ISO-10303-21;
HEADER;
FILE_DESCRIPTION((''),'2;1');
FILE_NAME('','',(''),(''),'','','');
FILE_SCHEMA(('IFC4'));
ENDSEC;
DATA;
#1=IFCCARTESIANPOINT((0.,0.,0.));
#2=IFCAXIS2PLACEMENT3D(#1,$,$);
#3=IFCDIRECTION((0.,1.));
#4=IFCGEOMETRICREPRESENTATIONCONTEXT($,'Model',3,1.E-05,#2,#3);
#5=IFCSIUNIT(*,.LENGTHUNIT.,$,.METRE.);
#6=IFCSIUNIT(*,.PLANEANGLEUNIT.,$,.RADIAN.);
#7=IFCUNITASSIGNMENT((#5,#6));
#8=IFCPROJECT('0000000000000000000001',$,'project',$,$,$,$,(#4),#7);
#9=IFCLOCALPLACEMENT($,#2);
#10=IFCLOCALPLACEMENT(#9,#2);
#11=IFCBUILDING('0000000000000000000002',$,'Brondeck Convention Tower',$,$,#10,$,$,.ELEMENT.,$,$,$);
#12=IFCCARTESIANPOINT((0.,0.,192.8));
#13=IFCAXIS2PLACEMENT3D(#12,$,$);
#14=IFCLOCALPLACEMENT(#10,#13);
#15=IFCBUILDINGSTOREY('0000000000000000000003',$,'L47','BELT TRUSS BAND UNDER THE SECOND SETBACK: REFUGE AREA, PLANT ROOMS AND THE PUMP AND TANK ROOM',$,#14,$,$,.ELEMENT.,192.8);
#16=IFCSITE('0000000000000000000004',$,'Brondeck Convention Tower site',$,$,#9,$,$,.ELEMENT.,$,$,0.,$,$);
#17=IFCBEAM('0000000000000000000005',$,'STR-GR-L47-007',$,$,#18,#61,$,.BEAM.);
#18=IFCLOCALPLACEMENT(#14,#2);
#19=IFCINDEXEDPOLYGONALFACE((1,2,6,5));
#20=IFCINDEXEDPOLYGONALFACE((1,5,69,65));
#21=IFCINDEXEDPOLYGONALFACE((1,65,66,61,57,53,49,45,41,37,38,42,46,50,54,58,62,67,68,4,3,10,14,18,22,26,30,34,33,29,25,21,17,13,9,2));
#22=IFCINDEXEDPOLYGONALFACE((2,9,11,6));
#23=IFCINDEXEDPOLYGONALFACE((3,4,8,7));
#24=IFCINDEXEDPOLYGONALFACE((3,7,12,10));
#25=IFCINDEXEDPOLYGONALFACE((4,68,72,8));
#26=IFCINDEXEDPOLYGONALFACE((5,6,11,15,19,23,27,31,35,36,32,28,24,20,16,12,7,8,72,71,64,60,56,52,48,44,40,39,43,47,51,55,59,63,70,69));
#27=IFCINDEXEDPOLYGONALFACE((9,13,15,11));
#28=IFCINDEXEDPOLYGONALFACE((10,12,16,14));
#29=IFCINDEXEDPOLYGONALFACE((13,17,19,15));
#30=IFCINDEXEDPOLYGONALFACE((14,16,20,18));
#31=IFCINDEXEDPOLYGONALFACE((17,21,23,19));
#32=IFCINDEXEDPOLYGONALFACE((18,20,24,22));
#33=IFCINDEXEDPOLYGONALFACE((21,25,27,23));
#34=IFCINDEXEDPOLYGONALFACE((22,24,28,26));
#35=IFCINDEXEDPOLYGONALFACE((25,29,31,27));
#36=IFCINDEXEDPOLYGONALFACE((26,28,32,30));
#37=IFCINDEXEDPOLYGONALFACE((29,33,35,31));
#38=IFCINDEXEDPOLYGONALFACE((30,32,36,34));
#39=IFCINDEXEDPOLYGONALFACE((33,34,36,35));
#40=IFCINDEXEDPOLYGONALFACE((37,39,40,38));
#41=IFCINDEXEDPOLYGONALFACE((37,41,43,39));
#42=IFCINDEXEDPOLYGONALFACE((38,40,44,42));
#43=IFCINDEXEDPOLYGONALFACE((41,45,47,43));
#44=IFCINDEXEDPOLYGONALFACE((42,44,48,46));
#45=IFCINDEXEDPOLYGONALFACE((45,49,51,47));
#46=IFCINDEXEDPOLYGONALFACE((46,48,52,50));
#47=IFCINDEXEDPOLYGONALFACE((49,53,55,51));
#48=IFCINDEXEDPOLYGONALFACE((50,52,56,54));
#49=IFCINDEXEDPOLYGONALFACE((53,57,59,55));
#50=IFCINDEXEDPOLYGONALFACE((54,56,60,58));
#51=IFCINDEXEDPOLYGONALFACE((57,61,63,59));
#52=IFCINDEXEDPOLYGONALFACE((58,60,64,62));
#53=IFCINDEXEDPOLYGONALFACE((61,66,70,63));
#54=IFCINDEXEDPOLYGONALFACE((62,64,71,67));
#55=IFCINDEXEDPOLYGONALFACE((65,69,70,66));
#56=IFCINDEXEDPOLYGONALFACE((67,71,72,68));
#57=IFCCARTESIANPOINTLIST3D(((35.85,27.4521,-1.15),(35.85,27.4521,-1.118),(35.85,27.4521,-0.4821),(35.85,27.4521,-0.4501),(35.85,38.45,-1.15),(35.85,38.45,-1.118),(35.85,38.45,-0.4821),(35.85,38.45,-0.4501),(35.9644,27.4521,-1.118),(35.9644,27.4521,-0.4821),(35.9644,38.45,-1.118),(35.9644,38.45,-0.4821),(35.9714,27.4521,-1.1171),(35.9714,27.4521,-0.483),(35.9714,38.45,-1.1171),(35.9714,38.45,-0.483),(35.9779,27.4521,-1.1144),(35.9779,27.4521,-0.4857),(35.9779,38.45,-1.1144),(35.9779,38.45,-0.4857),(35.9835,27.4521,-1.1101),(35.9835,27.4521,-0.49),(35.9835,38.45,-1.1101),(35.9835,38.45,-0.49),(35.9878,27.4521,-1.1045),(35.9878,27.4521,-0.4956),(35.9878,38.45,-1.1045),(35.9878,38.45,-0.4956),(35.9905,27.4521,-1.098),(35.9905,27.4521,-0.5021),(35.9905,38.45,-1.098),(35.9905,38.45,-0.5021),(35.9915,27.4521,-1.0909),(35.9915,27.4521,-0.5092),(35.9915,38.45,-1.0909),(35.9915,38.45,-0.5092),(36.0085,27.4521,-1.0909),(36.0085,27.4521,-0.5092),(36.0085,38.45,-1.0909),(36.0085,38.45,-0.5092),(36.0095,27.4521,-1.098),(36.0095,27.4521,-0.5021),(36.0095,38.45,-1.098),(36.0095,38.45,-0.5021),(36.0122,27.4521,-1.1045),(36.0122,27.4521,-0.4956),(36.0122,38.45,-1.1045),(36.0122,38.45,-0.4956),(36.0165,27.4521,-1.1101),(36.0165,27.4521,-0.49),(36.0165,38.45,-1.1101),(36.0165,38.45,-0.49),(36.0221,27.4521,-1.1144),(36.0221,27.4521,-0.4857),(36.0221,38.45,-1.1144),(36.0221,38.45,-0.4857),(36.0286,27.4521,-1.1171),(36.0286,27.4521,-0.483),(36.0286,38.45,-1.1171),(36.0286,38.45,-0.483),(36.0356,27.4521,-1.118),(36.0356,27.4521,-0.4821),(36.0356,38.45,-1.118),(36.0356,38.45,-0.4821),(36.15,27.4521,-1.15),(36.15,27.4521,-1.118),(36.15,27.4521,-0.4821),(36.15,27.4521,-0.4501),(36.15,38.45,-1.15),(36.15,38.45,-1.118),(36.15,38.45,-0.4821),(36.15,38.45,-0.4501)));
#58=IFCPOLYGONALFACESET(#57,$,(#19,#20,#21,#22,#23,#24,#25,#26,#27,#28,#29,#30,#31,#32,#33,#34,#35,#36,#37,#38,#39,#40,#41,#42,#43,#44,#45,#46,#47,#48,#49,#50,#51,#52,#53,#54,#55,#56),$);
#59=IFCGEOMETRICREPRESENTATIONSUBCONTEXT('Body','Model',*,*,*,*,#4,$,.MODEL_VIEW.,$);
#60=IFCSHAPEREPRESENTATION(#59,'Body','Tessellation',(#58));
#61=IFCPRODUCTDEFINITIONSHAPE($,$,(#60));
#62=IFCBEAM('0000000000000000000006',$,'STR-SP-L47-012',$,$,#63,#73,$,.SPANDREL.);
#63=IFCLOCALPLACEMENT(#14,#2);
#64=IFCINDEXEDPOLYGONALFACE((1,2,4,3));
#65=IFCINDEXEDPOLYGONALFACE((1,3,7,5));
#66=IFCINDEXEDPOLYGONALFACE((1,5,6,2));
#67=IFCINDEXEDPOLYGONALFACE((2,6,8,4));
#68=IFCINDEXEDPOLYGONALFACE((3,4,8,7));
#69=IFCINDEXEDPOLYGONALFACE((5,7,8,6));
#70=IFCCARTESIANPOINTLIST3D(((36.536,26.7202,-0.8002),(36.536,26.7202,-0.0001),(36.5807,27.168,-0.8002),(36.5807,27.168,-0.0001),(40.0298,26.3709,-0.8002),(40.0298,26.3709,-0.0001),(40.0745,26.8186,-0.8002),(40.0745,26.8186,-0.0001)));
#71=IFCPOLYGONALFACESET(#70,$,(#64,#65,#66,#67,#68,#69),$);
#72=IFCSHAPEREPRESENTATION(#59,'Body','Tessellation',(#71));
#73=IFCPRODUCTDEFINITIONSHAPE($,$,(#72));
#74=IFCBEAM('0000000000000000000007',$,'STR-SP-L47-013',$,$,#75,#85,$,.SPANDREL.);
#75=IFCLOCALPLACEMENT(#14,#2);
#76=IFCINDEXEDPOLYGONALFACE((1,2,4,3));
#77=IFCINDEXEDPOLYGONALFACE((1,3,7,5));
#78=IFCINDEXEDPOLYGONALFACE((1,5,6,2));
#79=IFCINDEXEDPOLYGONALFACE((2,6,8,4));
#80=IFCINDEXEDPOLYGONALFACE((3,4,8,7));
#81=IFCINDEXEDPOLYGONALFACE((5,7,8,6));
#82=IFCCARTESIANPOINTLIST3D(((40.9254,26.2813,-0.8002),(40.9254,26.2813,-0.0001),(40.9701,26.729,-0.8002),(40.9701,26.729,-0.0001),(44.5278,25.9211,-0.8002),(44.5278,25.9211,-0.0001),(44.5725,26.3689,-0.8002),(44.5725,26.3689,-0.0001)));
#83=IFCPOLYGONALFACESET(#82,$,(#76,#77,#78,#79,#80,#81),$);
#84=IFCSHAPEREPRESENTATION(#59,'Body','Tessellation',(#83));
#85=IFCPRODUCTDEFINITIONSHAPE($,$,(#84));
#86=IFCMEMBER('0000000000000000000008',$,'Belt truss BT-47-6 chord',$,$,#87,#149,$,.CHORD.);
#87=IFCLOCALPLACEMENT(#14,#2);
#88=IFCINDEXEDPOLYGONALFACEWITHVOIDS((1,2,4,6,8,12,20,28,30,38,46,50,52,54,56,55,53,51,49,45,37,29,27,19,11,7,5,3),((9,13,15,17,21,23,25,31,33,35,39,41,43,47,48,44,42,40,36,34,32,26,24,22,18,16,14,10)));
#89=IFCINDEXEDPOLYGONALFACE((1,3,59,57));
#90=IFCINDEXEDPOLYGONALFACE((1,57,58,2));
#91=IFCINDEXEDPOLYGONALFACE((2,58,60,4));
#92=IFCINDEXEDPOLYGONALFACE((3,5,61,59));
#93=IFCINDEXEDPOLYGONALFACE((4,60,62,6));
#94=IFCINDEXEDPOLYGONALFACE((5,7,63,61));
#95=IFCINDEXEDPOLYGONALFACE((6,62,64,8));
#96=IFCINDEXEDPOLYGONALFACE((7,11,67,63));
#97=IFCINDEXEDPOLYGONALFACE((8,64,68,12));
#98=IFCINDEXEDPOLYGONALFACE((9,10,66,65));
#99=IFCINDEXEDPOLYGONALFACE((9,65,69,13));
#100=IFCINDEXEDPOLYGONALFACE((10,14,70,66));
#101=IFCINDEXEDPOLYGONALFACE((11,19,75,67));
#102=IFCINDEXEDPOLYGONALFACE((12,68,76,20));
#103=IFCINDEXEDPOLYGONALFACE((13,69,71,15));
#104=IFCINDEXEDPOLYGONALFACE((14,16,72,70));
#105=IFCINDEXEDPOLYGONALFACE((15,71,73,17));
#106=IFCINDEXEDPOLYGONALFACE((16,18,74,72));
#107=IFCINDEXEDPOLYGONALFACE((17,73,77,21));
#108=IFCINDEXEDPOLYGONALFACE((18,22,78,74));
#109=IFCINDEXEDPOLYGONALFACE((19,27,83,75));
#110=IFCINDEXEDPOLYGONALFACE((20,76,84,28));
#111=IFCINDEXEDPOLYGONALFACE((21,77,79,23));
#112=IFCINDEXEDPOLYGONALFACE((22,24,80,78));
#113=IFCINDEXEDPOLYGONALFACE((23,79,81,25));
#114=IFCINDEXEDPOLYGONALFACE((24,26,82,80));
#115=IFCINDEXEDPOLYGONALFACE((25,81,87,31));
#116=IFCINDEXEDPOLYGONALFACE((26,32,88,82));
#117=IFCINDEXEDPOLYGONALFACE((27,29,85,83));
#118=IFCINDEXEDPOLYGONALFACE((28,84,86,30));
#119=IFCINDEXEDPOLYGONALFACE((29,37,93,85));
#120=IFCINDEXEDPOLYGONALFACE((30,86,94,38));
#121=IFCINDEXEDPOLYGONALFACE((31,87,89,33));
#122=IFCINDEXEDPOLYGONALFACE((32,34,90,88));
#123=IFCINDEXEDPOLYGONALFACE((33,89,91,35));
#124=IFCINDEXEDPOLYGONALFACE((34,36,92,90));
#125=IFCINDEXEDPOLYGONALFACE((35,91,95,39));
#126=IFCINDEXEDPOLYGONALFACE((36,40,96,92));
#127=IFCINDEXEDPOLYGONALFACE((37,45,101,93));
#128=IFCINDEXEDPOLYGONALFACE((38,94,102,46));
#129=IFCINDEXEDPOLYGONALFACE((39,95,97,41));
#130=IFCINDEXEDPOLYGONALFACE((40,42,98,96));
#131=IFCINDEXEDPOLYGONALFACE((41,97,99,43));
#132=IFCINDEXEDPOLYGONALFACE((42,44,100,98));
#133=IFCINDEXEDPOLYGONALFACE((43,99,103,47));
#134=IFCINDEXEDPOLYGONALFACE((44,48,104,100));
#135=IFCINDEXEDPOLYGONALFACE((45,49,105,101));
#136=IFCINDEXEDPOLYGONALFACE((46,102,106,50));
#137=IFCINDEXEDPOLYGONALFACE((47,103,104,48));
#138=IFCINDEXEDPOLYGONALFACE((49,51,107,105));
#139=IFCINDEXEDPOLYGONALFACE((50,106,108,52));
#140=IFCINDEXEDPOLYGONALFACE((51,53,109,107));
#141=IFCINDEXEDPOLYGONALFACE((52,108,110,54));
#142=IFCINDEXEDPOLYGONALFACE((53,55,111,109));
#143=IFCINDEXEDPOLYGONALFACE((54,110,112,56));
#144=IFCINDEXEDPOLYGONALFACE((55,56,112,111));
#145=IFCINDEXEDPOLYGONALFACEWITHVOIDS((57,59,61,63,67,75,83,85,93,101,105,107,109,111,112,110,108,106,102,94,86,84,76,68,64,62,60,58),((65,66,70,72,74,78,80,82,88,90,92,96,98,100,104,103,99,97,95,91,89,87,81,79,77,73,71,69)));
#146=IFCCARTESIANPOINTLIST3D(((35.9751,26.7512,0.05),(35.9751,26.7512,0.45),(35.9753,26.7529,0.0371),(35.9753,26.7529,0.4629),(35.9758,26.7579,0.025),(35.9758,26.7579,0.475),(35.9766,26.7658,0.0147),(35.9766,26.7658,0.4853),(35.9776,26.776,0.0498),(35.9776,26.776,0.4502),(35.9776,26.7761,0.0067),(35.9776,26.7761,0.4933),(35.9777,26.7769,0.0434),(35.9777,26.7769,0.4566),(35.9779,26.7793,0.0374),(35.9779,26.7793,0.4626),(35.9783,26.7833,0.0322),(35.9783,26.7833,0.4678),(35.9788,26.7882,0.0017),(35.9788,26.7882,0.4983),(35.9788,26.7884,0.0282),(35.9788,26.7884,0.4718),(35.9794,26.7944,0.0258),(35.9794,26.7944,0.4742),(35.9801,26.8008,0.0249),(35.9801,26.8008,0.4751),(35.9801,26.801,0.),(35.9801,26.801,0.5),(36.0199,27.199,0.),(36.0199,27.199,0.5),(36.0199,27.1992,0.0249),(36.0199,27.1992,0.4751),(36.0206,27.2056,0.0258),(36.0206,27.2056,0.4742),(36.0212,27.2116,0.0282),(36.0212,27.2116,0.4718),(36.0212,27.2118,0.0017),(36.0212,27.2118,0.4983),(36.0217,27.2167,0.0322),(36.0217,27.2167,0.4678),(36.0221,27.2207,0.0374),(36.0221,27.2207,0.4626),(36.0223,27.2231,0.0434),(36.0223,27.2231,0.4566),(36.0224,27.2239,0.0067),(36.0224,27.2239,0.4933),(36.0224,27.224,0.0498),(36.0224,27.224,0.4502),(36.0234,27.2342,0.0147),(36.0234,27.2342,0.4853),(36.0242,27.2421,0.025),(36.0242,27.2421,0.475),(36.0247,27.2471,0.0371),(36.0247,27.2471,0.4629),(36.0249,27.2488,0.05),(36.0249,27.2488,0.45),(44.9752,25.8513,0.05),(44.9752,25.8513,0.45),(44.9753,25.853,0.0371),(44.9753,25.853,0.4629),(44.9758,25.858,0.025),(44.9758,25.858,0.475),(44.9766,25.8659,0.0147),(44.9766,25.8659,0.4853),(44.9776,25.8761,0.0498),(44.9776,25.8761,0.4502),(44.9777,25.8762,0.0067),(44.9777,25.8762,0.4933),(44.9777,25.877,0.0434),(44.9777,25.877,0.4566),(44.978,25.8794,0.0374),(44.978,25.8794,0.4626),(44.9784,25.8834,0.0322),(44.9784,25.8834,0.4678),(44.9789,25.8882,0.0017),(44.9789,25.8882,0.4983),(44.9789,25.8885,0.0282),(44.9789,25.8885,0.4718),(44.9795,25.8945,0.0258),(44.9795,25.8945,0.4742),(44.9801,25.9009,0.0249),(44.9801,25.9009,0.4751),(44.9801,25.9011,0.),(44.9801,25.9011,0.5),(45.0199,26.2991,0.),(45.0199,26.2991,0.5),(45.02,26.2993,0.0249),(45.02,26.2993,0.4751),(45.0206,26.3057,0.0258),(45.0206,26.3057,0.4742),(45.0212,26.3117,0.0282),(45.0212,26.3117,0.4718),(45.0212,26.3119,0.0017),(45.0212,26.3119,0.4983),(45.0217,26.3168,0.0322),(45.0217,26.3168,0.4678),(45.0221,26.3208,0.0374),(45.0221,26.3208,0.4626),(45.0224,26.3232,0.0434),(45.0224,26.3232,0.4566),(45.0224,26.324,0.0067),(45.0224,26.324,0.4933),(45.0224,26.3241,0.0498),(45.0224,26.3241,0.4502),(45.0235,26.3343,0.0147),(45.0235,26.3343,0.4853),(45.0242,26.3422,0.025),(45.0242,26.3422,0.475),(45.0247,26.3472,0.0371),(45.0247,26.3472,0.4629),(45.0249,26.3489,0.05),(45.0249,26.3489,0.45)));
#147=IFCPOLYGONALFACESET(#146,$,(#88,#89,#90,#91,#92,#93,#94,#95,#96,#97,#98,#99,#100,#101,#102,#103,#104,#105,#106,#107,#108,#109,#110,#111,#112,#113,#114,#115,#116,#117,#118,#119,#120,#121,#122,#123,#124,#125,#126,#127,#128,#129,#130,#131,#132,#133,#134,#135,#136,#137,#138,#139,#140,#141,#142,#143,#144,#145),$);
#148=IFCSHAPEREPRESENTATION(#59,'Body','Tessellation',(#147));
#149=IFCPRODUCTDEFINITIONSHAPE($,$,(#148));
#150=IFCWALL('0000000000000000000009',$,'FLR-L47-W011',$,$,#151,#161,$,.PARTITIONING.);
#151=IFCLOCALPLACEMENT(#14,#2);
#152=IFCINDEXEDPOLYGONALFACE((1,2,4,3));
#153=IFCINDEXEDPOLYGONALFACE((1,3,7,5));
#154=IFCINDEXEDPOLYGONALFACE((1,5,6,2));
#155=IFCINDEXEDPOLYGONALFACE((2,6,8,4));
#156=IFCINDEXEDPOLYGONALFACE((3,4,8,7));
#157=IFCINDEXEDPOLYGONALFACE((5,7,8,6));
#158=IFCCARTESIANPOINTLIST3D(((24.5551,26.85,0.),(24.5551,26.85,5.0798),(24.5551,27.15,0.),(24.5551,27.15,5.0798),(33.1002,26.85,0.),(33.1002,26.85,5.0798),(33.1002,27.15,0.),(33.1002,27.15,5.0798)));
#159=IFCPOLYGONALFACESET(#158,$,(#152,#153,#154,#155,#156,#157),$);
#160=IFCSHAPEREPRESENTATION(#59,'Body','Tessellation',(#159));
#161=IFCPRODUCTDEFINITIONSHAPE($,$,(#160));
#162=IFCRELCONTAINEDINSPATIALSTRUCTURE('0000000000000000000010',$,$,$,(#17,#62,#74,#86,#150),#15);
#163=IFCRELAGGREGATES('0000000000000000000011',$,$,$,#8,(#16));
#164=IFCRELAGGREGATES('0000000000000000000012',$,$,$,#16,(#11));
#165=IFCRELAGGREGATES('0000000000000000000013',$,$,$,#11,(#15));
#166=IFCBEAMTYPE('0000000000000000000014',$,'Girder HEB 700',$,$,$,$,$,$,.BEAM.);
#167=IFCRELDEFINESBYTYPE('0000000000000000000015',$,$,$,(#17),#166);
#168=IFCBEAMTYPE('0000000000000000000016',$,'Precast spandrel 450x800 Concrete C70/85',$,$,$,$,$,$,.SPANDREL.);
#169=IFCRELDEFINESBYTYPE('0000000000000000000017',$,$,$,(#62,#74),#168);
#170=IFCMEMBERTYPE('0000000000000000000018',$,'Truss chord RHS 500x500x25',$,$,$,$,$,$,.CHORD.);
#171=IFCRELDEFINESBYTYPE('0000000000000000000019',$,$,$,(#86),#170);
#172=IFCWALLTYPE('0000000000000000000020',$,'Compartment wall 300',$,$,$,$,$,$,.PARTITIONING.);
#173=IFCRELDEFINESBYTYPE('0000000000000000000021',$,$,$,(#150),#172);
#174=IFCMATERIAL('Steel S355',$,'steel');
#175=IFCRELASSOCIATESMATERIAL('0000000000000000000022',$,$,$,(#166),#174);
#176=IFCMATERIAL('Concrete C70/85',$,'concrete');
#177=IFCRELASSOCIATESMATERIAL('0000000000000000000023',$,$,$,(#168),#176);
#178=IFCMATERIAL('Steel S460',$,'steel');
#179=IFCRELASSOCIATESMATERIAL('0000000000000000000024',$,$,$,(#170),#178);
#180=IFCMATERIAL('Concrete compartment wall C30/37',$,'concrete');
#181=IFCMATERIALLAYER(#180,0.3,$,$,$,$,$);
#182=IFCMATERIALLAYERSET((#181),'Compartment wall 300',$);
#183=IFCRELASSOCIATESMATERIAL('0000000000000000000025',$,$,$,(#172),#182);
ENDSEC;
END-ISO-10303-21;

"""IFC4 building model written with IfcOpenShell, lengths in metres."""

from ifc_helpers import new_model, si_unit, direction, frame, frame_2d, origin, origin_2d, place, context, subcontext, project, spatial, rectangle, hollow_rectangle, i_section, extrude, material, layer, layer_set, material_profile, profile_set, type_object, element, save


model = new_model("IFC4")

# Units and contexts
model_context = context("Model", 3, precision=1e-05, world=origin(), true_north=direction((0.0, 1.0)))
body_context = subcontext(model_context, "Body", "Model", "MODEL_VIEW")
ifc_project = project(units=[si_unit("LENGTHUNIT", "METRE"), si_unit("PLANEANGLEUNIT", "RADIAN")], contexts=[model_context])

# Site, building, storey
site_placement = place(None, origin())
site = spatial("IfcSite", under=ifc_project, at=site_placement, Name="Brondeck Convention Tower site", CompositionType="ELEMENT", RefElevation=0.0)
building_placement = place(site_placement, origin())
building = spatial("IfcBuilding", under=site, at=building_placement, Name="Brondeck Convention Tower", CompositionType="ELEMENT")
storey_placement = place(building_placement, frame((0.0, 0.0, 192.8)))
storey = spatial("IfcBuildingStorey", under=building, at=storey_placement, Name="L47", Description="BELT TRUSS BAND UNDER THE SECOND SETBACK: REFUGE AREA, PLANT ROOMS AND THE PUMP AND TANK ROOM", CompositionType="ELEMENT", Elevation=192.8)

# Shared definitions
ifc_material_1 = material(Name="Concrete C70/85", Category="concrete")

# Shared definitions
ifc_material_2 = material(Name="Steel S460", Category="steel")

# Beams
ifc_material_3 = material(Name="Steel S355", Category="steel")
ifc_material_profile_1 = material_profile(ifc_material_3, i_section(OverallWidth=0.3, OverallDepth=0.7, WebThickness=0.0171, FlangeThickness=0.032, FilletRadius=0.0271, at=origin_2d()), Name="HEB 700")
ifc_profile_set_1 = profile_set([ifc_material_profile_1], Name="Steel S355")
beam_type_1 = type_object("IfcBeamType", Name="Girder HEB 700", PredefinedType="BEAM", material=ifc_profile_set_1)
beam_1_placement = place(storey_placement, frame((36.0, 27.4521, -0.8), z_axis=(0.0, 1.0, 0.0), x_axis=(-1.0, 0.0, 0.0)))
element("IfcBeam", 1, at=beam_1_placement, inside=storey, type_object=beam_type_1, Name="STR-GR-L47-007", PredefinedType="BEAM", context=body_context, shape_type="SweptSolid", body=[
    extrude(i_section(OverallWidth=0.3, OverallDepth=0.7, WebThickness=0.0171, FlangeThickness=0.032, FilletRadius=0.0271, at=origin_2d()), origin(), (0.0, 0.0, 1.0), 10.9978),
])
ifc_material_profile_2 = material_profile(ifc_material_1, rectangle(XDim=0.45, YDim=0.8, at=origin_2d()), Name="Precast spandrel 450x800 Concrete C70/85")
ifc_profile_set_2 = profile_set([ifc_material_profile_2], Name="Concrete C70/85")
beam_type_2 = type_object("IfcBeamType", Name="Precast spandrel 450x800 Concrete C70/85", PredefinedType="SPANDREL", material=ifc_profile_set_2)
beam_2_placement = place(storey_placement, frame((36.5583, 26.9441, -0.4001), z_axis=(0.995038, -0.099497, 0.0), x_axis=(0.099497, 0.995038, 0.0)))
element("IfcBeam", 2, at=beam_2_placement, inside=storey, type_object=beam_type_2, Name="STR-SP-L47-012", PredefinedType="SPANDREL", context=body_context, shape_type="SweptSolid", body=[
    extrude(rectangle(XDim=0.45, YDim=0.8, at=origin_2d()), origin(), (0.0, 0.0, 1.0), 3.5112),
])
beam_3_placement = place(storey_placement, frame((40.9478, 26.5051, -0.4001), z_axis=(0.995041, -0.09947, 0.0), x_axis=(0.09947, 0.995041, 0.0)))
element("IfcBeam", 3, at=beam_3_placement, inside=storey, type_object=beam_type_2, Name="STR-SP-L47-013", PredefinedType="SPANDREL", context=body_context, shape_type="SweptSolid", body=[
    extrude(rectangle(XDim=0.45, YDim=0.8, at=origin_2d()), origin(), (0.0, 0.0, 1.0), 3.6204),
])

# Member
ifc_material_profile_3 = material_profile(ifc_material_2, hollow_rectangle(XDim=0.5, YDim=0.5, WallThickness=0.0249, InnerFilletRadius=0.0249, OuterFilletRadius=0.05, at=origin_2d()), Name="RHS 500x500x25")
ifc_profile_set_3 = profile_set([ifc_material_profile_3], Name="Steel S460")
member_type_1 = type_object("IfcMemberType", Name="Truss chord RHS 500x500x25", PredefinedType="CHORD", material=ifc_profile_set_3)
member_placement = place(storey_placement, frame((36.0, 27.0, 0.25), z_axis=(0.995038, -0.099493, 0.0), x_axis=(0.099493, 0.995038, 0.0)))
element("IfcMember", 4, at=member_placement, inside=storey, type_object=member_type_1, Name="Belt truss BT-47-6 chord", PredefinedType="CHORD", context=body_context, shape_type="SweptSolid", body=[
    extrude(hollow_rectangle(XDim=0.5, YDim=0.5, WallThickness=0.0249, InnerFilletRadius=0.0249, OuterFilletRadius=0.05, at=origin_2d()), origin(), (0.0, 0.0, 1.0), 9.0449),
])

# Wall
ifc_material_4 = material(Name="Concrete compartment wall C30/37", Category="concrete")
ifc_layer_1 = layer(ifc_material_4, 0.3)
ifc_layer_set_1 = layer_set([ifc_layer_1], Name="Compartment wall 300")
wall_type_1 = type_object("IfcWallType", Name="Compartment wall 300", PredefinedType="PARTITIONING", material=ifc_layer_set_1)
wall_1_placement = place(storey_placement, frame((33.1001, 27.0, 0.0), z_axis=(0.0, 0.0, 1.0), x_axis=(-1.0, 0.0, 0.0)))
element("IfcWall", 5, at=wall_1_placement, inside=storey, type_object=wall_type_1, Name="FLR-L47-W011", PredefinedType="PARTITIONING", context=body_context, shape_type="SweptSolid", body=[
    extrude(rectangle(XDim=8.5452, YDim=0.3, at=frame_2d((4.2725, 0.0))), origin(), (0.0, 0.0, 1.0), 5.0798),
])

save(model, "model.ifc")
